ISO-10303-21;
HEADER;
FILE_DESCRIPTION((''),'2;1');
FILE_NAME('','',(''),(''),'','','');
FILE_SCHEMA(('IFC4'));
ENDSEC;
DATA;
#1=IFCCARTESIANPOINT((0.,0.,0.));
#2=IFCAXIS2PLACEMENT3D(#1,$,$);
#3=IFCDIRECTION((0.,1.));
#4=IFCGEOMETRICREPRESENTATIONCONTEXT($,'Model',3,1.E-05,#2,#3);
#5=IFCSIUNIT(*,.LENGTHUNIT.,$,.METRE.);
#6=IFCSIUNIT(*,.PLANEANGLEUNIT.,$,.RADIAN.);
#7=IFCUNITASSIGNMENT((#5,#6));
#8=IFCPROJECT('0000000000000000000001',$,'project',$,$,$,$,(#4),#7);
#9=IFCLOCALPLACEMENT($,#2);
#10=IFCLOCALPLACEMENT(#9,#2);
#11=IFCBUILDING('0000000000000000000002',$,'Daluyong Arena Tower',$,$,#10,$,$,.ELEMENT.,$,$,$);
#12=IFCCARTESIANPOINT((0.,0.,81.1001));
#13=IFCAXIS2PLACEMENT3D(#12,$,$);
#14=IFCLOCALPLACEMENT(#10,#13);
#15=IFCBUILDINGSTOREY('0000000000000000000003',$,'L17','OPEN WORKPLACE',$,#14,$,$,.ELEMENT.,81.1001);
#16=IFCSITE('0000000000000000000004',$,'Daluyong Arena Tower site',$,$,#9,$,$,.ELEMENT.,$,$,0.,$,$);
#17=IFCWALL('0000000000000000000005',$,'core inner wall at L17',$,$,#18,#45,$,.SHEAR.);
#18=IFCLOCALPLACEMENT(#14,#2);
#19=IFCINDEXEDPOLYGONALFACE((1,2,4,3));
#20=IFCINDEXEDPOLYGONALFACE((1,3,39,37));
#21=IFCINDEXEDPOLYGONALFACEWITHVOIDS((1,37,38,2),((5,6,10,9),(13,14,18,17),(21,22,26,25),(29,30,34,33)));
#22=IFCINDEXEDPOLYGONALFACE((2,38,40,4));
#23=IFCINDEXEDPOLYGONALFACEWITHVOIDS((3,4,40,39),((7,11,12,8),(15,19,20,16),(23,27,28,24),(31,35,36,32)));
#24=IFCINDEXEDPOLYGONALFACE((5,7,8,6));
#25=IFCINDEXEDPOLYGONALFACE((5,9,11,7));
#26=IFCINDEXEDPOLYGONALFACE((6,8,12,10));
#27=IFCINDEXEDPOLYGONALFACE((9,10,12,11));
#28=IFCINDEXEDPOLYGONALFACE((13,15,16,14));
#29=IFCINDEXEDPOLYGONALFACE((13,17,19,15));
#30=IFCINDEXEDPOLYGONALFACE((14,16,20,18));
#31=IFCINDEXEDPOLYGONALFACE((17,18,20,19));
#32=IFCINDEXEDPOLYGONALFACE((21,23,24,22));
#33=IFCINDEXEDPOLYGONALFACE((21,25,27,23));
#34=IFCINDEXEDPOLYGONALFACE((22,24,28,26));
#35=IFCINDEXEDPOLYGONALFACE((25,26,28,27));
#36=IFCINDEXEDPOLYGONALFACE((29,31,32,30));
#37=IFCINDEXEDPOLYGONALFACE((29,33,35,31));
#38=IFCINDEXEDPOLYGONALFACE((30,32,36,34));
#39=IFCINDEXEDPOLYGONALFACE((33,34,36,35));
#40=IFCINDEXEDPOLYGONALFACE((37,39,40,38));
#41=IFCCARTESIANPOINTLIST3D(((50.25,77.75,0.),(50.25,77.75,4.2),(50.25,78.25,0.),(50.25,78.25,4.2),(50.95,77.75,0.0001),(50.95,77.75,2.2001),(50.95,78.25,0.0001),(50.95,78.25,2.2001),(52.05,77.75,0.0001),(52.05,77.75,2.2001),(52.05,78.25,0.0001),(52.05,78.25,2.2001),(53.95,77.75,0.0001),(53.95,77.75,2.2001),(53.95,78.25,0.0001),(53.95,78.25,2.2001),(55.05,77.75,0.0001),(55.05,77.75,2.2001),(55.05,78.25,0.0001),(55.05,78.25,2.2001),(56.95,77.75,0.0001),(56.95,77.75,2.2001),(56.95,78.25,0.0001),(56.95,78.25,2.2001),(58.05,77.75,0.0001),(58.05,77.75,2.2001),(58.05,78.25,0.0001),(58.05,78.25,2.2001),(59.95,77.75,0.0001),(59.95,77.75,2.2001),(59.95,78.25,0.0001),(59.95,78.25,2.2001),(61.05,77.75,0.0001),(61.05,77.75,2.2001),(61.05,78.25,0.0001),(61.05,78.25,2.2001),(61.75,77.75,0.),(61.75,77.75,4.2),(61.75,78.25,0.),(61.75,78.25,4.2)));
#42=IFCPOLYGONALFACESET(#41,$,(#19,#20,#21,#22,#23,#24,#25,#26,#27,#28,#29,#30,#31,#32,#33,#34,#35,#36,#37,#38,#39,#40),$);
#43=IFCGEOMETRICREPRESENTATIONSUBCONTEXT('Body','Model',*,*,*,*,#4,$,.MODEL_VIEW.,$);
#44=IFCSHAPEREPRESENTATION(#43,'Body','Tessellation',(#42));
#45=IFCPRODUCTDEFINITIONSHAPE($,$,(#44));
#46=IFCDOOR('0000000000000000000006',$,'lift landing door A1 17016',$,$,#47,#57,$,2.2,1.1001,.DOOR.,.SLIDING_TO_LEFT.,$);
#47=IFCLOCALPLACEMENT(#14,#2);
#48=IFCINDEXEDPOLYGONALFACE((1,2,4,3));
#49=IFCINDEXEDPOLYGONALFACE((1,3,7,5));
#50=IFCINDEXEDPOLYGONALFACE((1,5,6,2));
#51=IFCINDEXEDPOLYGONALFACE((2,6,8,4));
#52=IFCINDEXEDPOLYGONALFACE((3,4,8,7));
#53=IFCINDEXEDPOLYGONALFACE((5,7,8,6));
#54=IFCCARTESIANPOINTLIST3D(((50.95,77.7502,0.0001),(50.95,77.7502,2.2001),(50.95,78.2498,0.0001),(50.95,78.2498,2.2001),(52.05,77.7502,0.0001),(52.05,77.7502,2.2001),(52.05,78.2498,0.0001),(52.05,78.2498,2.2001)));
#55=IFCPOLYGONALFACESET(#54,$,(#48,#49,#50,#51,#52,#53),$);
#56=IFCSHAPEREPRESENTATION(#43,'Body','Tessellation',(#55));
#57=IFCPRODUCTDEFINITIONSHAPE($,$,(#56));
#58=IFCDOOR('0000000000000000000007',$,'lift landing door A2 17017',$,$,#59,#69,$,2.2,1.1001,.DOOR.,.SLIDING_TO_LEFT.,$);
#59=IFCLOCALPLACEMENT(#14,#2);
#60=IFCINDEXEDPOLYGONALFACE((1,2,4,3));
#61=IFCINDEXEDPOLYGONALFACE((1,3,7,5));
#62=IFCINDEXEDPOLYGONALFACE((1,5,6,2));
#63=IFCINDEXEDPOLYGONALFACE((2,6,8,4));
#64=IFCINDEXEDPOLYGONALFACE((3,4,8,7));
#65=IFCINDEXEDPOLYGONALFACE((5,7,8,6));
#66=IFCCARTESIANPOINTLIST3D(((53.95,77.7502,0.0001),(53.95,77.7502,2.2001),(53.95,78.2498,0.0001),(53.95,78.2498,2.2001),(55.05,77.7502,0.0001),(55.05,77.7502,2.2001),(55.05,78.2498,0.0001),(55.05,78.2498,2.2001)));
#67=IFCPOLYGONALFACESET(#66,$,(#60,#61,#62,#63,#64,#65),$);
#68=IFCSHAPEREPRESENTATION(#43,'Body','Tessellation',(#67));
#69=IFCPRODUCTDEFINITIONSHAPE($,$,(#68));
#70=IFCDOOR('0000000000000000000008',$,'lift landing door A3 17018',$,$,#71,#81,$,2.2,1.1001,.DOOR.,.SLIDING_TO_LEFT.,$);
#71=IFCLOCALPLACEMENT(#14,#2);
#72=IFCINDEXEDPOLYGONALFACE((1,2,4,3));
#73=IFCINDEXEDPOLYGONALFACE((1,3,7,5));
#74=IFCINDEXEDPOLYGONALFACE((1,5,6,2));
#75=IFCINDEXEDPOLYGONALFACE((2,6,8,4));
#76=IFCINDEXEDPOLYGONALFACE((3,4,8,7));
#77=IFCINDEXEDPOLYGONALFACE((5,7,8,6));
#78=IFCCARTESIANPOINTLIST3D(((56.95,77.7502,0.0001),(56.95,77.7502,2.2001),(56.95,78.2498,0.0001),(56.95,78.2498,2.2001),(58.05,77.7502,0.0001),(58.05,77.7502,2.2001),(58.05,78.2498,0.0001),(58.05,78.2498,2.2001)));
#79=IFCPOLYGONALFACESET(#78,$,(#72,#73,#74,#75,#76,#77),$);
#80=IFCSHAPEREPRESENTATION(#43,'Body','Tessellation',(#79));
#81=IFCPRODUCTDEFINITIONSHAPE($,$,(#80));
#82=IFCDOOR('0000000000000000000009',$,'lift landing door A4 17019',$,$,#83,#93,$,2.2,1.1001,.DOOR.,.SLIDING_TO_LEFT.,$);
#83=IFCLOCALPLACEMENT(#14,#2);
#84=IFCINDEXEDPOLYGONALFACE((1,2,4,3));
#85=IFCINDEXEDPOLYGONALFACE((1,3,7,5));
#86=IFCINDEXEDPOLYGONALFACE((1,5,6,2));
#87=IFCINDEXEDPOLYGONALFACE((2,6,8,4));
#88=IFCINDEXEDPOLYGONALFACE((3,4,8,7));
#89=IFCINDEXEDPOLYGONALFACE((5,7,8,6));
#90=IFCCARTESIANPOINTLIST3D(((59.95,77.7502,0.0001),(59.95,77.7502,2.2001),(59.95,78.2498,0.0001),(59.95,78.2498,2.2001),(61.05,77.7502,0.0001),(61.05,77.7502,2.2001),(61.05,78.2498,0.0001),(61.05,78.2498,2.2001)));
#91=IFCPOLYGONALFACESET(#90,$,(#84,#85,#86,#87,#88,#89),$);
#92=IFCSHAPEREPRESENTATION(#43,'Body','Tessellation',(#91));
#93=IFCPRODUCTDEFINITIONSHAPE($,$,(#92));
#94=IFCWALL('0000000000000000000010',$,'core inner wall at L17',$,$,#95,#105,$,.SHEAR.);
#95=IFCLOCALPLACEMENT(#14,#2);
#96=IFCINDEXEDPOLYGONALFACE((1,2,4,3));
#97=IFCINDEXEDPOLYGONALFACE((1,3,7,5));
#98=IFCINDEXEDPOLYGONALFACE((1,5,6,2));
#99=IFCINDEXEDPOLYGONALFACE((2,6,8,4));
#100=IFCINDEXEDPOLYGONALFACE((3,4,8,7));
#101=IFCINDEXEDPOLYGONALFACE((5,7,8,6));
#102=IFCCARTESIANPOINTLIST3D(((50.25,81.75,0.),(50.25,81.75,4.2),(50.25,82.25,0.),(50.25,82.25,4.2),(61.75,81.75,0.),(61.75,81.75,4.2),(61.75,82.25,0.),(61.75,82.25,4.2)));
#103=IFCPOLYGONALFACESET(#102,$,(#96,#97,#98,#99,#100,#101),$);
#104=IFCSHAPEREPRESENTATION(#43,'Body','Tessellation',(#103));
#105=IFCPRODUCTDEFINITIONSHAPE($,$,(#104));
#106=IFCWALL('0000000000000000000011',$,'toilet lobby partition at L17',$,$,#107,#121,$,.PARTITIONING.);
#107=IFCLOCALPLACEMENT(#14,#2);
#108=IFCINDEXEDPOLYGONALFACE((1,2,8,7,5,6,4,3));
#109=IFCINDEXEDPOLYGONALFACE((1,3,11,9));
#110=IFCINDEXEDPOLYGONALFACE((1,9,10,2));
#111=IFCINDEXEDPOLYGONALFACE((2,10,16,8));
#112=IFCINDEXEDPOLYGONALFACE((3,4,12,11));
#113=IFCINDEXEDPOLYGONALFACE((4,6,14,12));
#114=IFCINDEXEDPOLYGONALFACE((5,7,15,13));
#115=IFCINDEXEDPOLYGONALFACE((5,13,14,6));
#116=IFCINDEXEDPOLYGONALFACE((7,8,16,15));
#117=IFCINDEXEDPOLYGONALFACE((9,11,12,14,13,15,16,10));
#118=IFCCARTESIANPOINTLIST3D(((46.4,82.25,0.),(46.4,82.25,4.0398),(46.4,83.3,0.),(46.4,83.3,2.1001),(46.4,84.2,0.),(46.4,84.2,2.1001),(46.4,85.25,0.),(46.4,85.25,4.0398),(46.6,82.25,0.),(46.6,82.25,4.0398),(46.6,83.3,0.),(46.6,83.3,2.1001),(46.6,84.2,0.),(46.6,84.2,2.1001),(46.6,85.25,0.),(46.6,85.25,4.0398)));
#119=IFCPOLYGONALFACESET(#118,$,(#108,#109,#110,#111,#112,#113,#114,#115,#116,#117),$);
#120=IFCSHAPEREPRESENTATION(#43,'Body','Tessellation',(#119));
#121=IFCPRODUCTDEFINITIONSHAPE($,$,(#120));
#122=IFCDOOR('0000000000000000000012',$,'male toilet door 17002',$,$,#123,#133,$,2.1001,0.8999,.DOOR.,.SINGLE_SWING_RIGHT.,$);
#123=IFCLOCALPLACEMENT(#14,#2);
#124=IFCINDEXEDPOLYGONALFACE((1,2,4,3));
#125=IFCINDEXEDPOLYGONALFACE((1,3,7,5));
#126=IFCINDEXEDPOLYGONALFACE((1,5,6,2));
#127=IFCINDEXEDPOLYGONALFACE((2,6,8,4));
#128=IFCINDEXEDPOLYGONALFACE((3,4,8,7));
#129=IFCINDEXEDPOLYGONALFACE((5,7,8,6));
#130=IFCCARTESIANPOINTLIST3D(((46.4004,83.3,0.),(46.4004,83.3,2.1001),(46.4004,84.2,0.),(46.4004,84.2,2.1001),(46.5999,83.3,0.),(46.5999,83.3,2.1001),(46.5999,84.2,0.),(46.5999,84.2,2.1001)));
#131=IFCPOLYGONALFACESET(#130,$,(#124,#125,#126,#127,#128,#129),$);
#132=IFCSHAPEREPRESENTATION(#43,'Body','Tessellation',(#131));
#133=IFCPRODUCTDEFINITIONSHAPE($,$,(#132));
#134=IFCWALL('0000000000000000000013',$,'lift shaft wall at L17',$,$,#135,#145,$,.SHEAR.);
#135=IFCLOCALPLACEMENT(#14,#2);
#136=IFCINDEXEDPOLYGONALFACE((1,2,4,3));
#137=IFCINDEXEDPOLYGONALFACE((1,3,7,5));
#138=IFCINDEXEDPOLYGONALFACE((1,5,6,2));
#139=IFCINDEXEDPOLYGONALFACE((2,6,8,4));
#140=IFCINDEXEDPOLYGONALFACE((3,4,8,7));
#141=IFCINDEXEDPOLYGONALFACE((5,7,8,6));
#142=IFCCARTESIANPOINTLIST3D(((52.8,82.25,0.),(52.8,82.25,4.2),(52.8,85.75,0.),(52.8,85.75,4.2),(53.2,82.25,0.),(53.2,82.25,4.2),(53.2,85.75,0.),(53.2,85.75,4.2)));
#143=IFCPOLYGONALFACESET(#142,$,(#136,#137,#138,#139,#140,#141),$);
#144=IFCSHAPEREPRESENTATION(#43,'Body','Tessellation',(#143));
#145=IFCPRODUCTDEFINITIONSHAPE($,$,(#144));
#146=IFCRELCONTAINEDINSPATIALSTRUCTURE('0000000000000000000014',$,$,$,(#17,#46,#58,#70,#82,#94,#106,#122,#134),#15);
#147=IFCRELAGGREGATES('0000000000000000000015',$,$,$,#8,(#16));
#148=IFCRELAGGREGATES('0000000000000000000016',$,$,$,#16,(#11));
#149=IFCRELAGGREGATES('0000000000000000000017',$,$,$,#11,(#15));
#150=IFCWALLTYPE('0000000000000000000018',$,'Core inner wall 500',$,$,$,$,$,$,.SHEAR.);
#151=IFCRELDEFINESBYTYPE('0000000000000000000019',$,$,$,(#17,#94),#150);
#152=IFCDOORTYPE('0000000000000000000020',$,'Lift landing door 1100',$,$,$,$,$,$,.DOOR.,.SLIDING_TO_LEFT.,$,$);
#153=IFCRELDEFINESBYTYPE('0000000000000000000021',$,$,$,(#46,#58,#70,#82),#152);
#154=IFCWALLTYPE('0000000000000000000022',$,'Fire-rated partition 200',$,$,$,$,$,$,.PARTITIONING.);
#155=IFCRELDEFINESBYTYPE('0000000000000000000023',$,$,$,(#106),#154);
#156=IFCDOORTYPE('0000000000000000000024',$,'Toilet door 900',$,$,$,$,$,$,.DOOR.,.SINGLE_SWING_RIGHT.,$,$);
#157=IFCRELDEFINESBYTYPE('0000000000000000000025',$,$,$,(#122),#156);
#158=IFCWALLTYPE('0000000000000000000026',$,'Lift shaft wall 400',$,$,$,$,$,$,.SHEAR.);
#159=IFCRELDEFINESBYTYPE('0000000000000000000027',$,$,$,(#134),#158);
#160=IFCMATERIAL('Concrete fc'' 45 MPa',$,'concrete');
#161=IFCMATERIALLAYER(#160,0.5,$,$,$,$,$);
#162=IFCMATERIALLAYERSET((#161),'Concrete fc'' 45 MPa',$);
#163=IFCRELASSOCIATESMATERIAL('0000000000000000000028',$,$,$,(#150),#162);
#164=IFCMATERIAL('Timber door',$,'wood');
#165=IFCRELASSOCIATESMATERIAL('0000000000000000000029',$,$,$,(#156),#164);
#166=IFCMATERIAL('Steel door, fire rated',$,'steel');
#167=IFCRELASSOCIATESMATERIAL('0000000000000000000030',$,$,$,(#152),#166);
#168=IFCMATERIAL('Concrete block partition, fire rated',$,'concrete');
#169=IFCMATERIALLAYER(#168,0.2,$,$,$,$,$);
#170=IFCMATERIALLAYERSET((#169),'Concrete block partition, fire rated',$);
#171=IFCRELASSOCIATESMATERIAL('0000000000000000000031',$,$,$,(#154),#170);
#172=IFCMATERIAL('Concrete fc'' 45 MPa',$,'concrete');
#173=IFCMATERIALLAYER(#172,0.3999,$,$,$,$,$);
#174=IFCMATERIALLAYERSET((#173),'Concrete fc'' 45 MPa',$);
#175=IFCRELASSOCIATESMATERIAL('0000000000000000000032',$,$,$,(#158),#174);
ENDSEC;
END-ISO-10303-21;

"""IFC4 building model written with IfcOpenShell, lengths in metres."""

from ifc_helpers import new_model, si_unit, direction, frame, frame_2d, origin, place, context, subcontext, project, spatial, rectangle, extrude, material, layer, layer_set, type_object, element, fill, save


model = new_model("IFC4")

# Units and contexts
model_context = context("Model", 3, precision=1e-05, world=origin(), true_north=direction((0.0, 1.0)))
body_context = subcontext(model_context, "Body", "Model", "MODEL_VIEW")
ifc_project = project(units=[si_unit("LENGTHUNIT", "METRE"), si_unit("PLANEANGLEUNIT", "RADIAN")], contexts=[model_context])

# Site, building, storey
site_placement = place(None, origin())
site = spatial("IfcSite", under=ifc_project, at=site_placement, Name="Daluyong Arena Tower site", CompositionType="ELEMENT", RefElevation=0.0)
building_placement = place(site_placement, origin())
building = spatial("IfcBuilding", under=site, at=building_placement, Name="Daluyong Arena Tower", CompositionType="ELEMENT")
storey_placement = place(building_placement, frame((0.0, 0.0, 81.1001)))
storey = spatial("IfcBuildingStorey", under=building, at=storey_placement, Name="L17", Description="OPEN WORKPLACE", CompositionType="ELEMENT", Elevation=81.1001)

# Shared definitions
ifc_material_1 = material(Name="Concrete fc' 45 MPa", Category="concrete")
ifc_layer_1 = layer(ifc_material_1, 0.5)
ifc_layer_set_1 = layer_set([ifc_layer_1], Name="Concrete fc' 45 MPa")
wall_type_1 = type_object("IfcWallType", Name="Core inner wall 500", PredefinedType="SHEAR", material=ifc_layer_set_1)
ifc_material_2 = material(Name="Timber door", Category="wood")
door_type_1 = type_object("IfcDoorType", Name="Toilet door 900", OperationType="SINGLE_SWING_RIGHT", PredefinedType="DOOR", material=ifc_material_2)

# Wall, openings, doors
wall_1_placement = place(storey_placement, frame((50.25, 78.0, 0.0), z_axis=(0.0, 0.0, 1.0), x_axis=(1.0, 0.0, 0.0)))
wall_1 = element("IfcWall", 1, at=wall_1_placement, inside=storey, type_object=wall_type_1, Name="core inner wall at L17", PredefinedType="SHEAR", context=body_context, shape_type="SweptSolid", body=[
    extrude(rectangle(XDim=11.5, YDim=0.5, at=frame_2d((5.75, 0.0))), origin(), (0.0, 0.0, 1.0), 4.2),
])
opening_1_placement = place(wall_1_placement, frame((0.7, 0.0, 0.0)))
opening_1 = element("IfcOpeningElement", 2, at=opening_1_placement, cuts=wall_1, PredefinedType="OPENING", context=body_context, shape_type="SweptSolid", body=[
    extrude(rectangle(XDim=1.1001, YDim=2.2, at=frame_2d((0.55, 1.1001))), frame((0.0, 0.26, 0.0), z_axis=(0.0, -1.0, 0.0), x_axis=(1.0, 0.0, 0.0)), (0.0, 0.0, 1.0), 0.52),
])
opening_2_placement = place(wall_1_placement, frame((3.7, 0.0, 0.0)))
opening_2 = element("IfcOpeningElement", 3, at=opening_2_placement, cuts=wall_1, PredefinedType="OPENING", context=body_context, shape_type="SweptSolid", body=[
    extrude(rectangle(XDim=1.1001, YDim=2.2, at=frame_2d((0.55, 1.1001))), frame((0.0, 0.26, 0.0), z_axis=(0.0, -1.0, 0.0), x_axis=(1.0, 0.0, 0.0)), (0.0, 0.0, 1.0), 0.52),
])
opening_3_placement = place(wall_1_placement, frame((6.7, 0.0, 0.0)))
opening_3 = element("IfcOpeningElement", 4, at=opening_3_placement, cuts=wall_1, PredefinedType="OPENING", context=body_context, shape_type="SweptSolid", body=[
    extrude(rectangle(XDim=1.1001, YDim=2.2, at=frame_2d((0.55, 1.1001))), frame((0.0, 0.26, 0.0), z_axis=(0.0, -1.0, 0.0), x_axis=(1.0, 0.0, 0.0)), (0.0, 0.0, 1.0), 0.52),
])
opening_4_placement = place(wall_1_placement, frame((9.7, 0.0, 0.0)))
opening_4 = element("IfcOpeningElement", 5, at=opening_4_placement, cuts=wall_1, PredefinedType="OPENING", context=body_context, shape_type="SweptSolid", body=[
    extrude(rectangle(XDim=1.1001, YDim=2.2, at=frame_2d((0.55, 1.1001))), frame((0.0, 0.26, 0.0), z_axis=(0.0, -1.0, 0.0), x_axis=(1.0, 0.0, 0.0)), (0.0, 0.0, 1.0), 0.52),
])
ifc_material_3 = material(Name="Steel door, fire rated", Category="steel")
door_type_2 = type_object("IfcDoorType", Name="Lift landing door 1100", OperationType="SLIDING_TO_LEFT", PredefinedType="DOOR", material=ifc_material_3)
door_1_placement = place(opening_1_placement, origin())
door_1 = element("IfcDoor", 6, at=door_1_placement, inside=storey, type_object=door_type_2, Name="lift landing door A1 17016", OperationType="SLIDING_TO_LEFT", OverallHeight=2.2, OverallWidth=1.1001, PredefinedType="DOOR", context=body_context, shape_type="SweptSolid", body=[
    extrude(rectangle(XDim=1.1001, YDim=2.2, at=frame_2d((0.55, 1.1001))), frame((0.0, 0.2498, 0.0), z_axis=(0.0, -1.0, 0.0), x_axis=(1.0, 0.0, 0.0)), (0.0, 0.0, 1.0), 0.4995),
])
fill(opening_1, door_1)
door_2_placement = place(opening_2_placement, origin())
door_2 = element("IfcDoor", 7, at=door_2_placement, inside=storey, type_object=door_type_2, Name="lift landing door A2 17017", OperationType="SLIDING_TO_LEFT", OverallHeight=2.2, OverallWidth=1.1001, PredefinedType="DOOR", context=body_context, shape_type="SweptSolid", body=[
    extrude(rectangle(XDim=1.1001, YDim=2.2, at=frame_2d((0.55, 1.1001))), frame((0.0, 0.2498, 0.0), z_axis=(0.0, -1.0, 0.0), x_axis=(1.0, 0.0, 0.0)), (0.0, 0.0, 1.0), 0.4995),
])
fill(opening_2, door_2)
door_3_placement = place(opening_3_placement, origin())
door_3 = element("IfcDoor", 8, at=door_3_placement, inside=storey, type_object=door_type_2, Name="lift landing door A3 17018", OperationType="SLIDING_TO_LEFT", OverallHeight=2.2, OverallWidth=1.1001, PredefinedType="DOOR", context=body_context, shape_type="SweptSolid", body=[
    extrude(rectangle(XDim=1.1001, YDim=2.2, at=frame_2d((0.55, 1.1001))), frame((0.0, 0.2498, 0.0), z_axis=(0.0, -1.0, 0.0), x_axis=(1.0, 0.0, 0.0)), (0.0, 0.0, 1.0), 0.4995),
])
fill(opening_3, door_3)
door_4_placement = place(opening_4_placement, origin())
door_4 = element("IfcDoor", 9, at=door_4_placement, inside=storey, type_object=door_type_2, Name="lift landing door A4 17019", OperationType="SLIDING_TO_LEFT", OverallHeight=2.2, OverallWidth=1.1001, PredefinedType="DOOR", context=body_context, shape_type="SweptSolid", body=[
    extrude(rectangle(XDim=1.1001, YDim=2.2, at=frame_2d((0.55, 1.1001))), frame((0.0, 0.2498, 0.0), z_axis=(0.0, -1.0, 0.0), x_axis=(1.0, 0.0, 0.0)), (0.0, 0.0, 1.0), 0.4995),
])
fill(opening_4, door_4)

# Wall
wall_2_placement = place(storey_placement, frame((50.25, 82.0, 0.0), z_axis=(0.0, 0.0, 1.0), x_axis=(1.0, 0.0, 0.0)))
element("IfcWall", 10, at=wall_2_placement, inside=storey, type_object=wall_type_1, Name="core inner wall at L17", PredefinedType="SHEAR", context=body_context, shape_type="SweptSolid", body=[
    extrude(rectangle(XDim=11.5, YDim=0.5, at=frame_2d((5.75, 0.0))), origin(), (0.0, 0.0, 1.0), 4.2),
])

# Wall, opening, door
ifc_material_4 = material(Name="Concrete block partition, fire rated", Category="concrete")
ifc_layer_2 = layer(ifc_material_4, 0.2)
ifc_layer_set_2 = layer_set([ifc_layer_2], Name="Concrete block partition, fire rated")
wall_type_2 = type_object("IfcWallType", Name="Fire-rated partition 200", PredefinedType="PARTITIONING", material=ifc_layer_set_2)
wall_3_placement = place(storey_placement, frame((46.5, 82.25, 0.0), z_axis=(0.0, 0.0, 1.0), x_axis=(0.0, 1.0, 0.0)))
wall_3 = element("IfcWall", 11, at=wall_3_placement, inside=storey, type_object=wall_type_2, Name="toilet lobby partition at L17", PredefinedType="PARTITIONING", context=body_context, shape_type="SweptSolid", body=[
    extrude(rectangle(XDim=3.0, YDim=0.2, at=frame_2d((1.5, 0.0))), origin(), (0.0, 0.0, 1.0), 4.0398),
])
opening_5_placement = place(wall_3_placement, frame((1.05, 0.0, 0.0)))
opening_5 = element("IfcOpeningElement", 12, at=opening_5_placement, cuts=wall_3, PredefinedType="OPENING", context=body_context, shape_type="SweptSolid", body=[
    extrude(rectangle(XDim=0.8999, YDim=2.1001, at=frame_2d((0.45, 1.05))), frame((0.0, 0.1099, 0.0), z_axis=(0.0, -1.0, 0.0), x_axis=(1.0, 0.0, 0.0)), (0.0, 0.0, 1.0), 0.22),
])
door_5_placement = place(opening_5_placement, origin())
door_5 = element("IfcDoor", 13, at=door_5_placement, inside=storey, type_object=door_type_1, Name="male toilet door 17002", OperationType="SINGLE_SWING_RIGHT", OverallHeight=2.1001, OverallWidth=0.8999, PredefinedType="DOOR", context=body_context, shape_type="SweptSolid", body=[
    extrude(rectangle(XDim=0.8999, YDim=2.1001, at=frame_2d((0.45, 1.05))), frame((0.0, 0.0996, 0.0), z_axis=(0.0, -1.0, 0.0), x_axis=(1.0, 0.0, 0.0)), (0.0, 0.0, 1.0), 0.1995),
])
fill(opening_5, door_5)

# Wall
ifc_material_5 = material(Name="Concrete fc' 45 MPa", Category="concrete")
ifc_layer_3 = layer(ifc_material_5, 0.3999)
ifc_layer_set_3 = layer_set([ifc_layer_3], Name="Concrete fc' 45 MPa")
wall_type_3 = type_object("IfcWallType", Name="Lift shaft wall 400", PredefinedType="SHEAR", material=ifc_layer_set_3)
wall_4_placement = place(storey_placement, frame((53.0, 82.25, 0.0), z_axis=(0.0, 0.0, 1.0), x_axis=(0.0, 1.0, 0.0)))
element("IfcWall", 14, at=wall_4_placement, inside=storey, type_object=wall_type_3, Name="lift shaft wall at L17", PredefinedType="SHEAR", context=body_context, shape_type="SweptSolid", body=[
    extrude(rectangle(XDim=3.5, YDim=0.3999, at=frame_2d((1.75, 0.0))), origin(), (0.0, 0.0, 1.0), 4.2),
])

save(model, "model.ifc")
